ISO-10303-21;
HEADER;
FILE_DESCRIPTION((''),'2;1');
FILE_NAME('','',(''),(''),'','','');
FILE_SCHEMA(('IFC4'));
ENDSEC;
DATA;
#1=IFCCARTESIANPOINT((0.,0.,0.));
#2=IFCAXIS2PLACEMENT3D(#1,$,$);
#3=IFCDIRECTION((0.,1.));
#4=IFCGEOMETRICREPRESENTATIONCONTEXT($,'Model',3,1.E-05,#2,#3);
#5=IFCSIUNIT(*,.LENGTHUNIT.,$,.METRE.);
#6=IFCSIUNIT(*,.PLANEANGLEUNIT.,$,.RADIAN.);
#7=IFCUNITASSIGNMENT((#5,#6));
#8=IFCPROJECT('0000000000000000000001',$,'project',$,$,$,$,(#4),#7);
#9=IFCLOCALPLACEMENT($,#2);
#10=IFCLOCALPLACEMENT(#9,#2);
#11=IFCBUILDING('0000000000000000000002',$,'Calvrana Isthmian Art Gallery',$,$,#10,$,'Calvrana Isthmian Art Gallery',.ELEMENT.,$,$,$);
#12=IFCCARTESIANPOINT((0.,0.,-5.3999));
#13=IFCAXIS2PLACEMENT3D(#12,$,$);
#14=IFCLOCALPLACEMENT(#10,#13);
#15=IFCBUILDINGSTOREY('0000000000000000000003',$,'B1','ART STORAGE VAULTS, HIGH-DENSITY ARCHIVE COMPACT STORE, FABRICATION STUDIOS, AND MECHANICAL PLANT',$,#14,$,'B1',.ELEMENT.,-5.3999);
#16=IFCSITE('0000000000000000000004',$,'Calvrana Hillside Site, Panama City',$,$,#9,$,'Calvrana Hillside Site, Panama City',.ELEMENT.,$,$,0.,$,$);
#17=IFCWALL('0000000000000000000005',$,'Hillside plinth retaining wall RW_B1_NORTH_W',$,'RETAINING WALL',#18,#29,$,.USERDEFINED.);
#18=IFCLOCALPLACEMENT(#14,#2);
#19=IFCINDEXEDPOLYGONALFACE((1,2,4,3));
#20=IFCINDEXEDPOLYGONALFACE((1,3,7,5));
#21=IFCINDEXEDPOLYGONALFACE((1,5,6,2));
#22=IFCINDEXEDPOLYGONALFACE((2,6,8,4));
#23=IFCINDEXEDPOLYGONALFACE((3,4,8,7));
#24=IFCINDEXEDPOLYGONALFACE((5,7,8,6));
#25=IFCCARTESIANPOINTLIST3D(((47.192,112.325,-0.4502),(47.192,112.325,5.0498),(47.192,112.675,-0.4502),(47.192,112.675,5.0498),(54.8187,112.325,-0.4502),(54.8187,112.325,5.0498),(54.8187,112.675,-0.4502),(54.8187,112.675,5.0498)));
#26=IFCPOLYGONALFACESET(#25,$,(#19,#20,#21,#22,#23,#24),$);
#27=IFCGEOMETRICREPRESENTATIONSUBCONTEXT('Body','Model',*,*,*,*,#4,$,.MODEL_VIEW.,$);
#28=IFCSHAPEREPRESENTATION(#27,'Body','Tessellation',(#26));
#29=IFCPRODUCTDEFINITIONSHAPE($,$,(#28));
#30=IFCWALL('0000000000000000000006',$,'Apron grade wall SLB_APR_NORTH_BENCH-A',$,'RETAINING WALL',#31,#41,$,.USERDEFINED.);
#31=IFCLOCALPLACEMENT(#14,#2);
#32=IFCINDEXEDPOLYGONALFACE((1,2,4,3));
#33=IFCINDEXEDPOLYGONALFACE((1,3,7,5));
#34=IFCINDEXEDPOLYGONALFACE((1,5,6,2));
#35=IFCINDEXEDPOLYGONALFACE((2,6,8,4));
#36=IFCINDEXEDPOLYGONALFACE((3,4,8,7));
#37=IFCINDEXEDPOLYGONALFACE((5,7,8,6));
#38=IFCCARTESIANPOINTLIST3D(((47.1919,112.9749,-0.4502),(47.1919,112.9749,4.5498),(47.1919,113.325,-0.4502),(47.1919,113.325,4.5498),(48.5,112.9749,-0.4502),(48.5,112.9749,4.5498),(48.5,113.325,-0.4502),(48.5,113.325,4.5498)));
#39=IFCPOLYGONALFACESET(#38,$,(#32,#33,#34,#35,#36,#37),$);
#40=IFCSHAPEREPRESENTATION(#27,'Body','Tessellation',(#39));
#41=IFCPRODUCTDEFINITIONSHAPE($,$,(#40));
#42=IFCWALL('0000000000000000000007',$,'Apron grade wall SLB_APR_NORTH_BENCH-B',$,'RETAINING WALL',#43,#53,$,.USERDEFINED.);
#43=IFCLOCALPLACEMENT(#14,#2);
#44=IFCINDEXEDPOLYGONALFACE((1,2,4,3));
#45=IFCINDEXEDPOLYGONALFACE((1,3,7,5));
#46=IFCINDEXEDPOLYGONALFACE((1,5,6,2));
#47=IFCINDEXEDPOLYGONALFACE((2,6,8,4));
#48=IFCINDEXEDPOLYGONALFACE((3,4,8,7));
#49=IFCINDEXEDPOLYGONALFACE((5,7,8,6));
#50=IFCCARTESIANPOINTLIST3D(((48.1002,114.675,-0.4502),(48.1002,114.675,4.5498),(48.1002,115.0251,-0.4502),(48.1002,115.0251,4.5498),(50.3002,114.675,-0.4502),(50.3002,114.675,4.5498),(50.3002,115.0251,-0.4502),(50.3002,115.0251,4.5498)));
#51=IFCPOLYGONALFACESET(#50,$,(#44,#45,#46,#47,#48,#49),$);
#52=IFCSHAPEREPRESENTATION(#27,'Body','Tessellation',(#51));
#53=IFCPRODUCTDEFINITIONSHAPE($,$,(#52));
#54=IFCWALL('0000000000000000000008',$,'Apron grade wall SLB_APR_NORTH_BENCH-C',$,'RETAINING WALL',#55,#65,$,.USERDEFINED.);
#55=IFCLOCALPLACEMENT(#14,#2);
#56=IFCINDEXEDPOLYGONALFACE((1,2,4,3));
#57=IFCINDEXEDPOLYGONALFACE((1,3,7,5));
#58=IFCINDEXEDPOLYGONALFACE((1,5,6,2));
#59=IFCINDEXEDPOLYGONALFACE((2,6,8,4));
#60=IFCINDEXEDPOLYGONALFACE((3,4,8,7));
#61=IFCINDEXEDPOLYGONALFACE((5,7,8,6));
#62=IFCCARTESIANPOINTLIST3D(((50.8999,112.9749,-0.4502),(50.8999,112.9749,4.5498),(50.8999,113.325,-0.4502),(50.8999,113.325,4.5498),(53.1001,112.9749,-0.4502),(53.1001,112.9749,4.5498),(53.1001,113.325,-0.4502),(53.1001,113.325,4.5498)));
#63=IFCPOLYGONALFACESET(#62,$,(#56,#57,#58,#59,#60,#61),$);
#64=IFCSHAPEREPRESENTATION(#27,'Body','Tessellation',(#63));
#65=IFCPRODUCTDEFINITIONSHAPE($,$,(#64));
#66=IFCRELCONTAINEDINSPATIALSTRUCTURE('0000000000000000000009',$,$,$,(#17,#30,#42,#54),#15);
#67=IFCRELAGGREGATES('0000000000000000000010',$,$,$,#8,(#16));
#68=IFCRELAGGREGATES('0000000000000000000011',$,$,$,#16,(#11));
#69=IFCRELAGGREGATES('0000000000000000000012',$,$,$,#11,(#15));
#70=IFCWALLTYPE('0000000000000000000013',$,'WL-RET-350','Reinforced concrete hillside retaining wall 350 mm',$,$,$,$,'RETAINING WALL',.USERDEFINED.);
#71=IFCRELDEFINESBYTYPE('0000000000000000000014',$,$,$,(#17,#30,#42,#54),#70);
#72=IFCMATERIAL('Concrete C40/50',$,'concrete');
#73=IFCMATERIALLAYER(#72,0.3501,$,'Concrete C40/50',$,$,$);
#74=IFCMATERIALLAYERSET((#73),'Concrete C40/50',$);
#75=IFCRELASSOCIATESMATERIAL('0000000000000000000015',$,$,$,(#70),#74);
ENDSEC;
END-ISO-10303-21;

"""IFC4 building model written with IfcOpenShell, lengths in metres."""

from ifc_helpers import new_model, si_unit, direction, frame, frame_2d, origin, place, context, subcontext, project, spatial, rectangle, extrude, material, layer, layer_set, type_object, element, save


model = new_model("IFC4")

# Units and contexts
model_context = context("Model", 3, precision=1e-05, world=origin(), true_north=direction((0.0, 1.0)))
body_context = subcontext(model_context, "Body", "Model", "MODEL_VIEW")
ifc_project = project(units=[si_unit("LENGTHUNIT", "METRE"), si_unit("PLANEANGLEUNIT", "RADIAN")], contexts=[model_context])

# Site, building, storey
site_placement = place(None, origin())
site = spatial("IfcSite", under=ifc_project, at=site_placement, Name="Calvrana Hillside Site, Panama City", LongName="Calvrana Hillside Site, Panama City", CompositionType="ELEMENT", RefElevation=0.0)
building_placement = place(site_placement, origin())
building = spatial("IfcBuilding", under=site, at=building_placement, Name="Calvrana Isthmian Art Gallery", LongName="Calvrana Isthmian Art Gallery", CompositionType="ELEMENT")
storey_placement = place(building_placement, frame((0.0, 0.0, -5.3999)))
storey = spatial("IfcBuildingStorey", under=building, at=storey_placement, Name="B1", Description="ART STORAGE VAULTS, HIGH-DENSITY ARCHIVE COMPACT STORE, FABRICATION STUDIOS, AND MECHANICAL PLANT", LongName="B1", CompositionType="ELEMENT", Elevation=-5.3999)

# Walls
ifc_material_1 = material(Name="Concrete C40/50", Category="concrete")
ifc_layer_1 = layer(ifc_material_1, 0.3501, Name="Concrete C40/50")
ifc_layer_set_1 = layer_set([ifc_layer_1], Name="Concrete C40/50")
wall_type_1 = type_object("IfcWallType", Name="WL-RET-350", Description="Reinforced concrete hillside retaining wall 350 mm", ElementType="RETAINING WALL", PredefinedType="USERDEFINED", material=ifc_layer_set_1)
wall_1_placement = place(storey_placement, frame((47.1919, 112.5, -0.4502), z_axis=(0.0, 0.0, 1.0), x_axis=(1.0, 0.0, 0.0)))
element("IfcWall", 1, at=wall_1_placement, inside=storey, type_object=wall_type_1, Name="Hillside plinth retaining wall RW_B1_NORTH_W", ObjectType="RETAINING WALL", PredefinedType="USERDEFINED", context=body_context, shape_type="SweptSolid", body=[
    extrude(rectangle(XDim=7.6267, YDim=0.3501, at=frame_2d((3.8135, 0.0))), origin(), (0.0, 0.0, 1.0), 5.5),
])
wall_2_placement = place(storey_placement, frame((47.1919, 113.1499, -0.4502), z_axis=(0.0, 0.0, 1.0), x_axis=(1.0, 0.0, 0.0)))
element("IfcWall", 2, at=wall_2_placement, inside=storey, type_object=wall_type_1, Name="Apron grade wall SLB_APR_NORTH_BENCH-A", ObjectType="RETAINING WALL", PredefinedType="USERDEFINED", context=body_context, shape_type="SweptSolid", body=[
    extrude(rectangle(XDim=1.3081, YDim=0.3501, at=frame_2d((0.6541, 0.0))), origin(), (0.0, 0.0, 1.0), 5.0),
])
wall_3_placement = place(storey_placement, frame((48.1001, 114.8501, -0.4502), z_axis=(0.0, 0.0, 1.0), x_axis=(1.0, 0.0, 0.0)))
element("IfcWall", 3, at=wall_3_placement, inside=storey, type_object=wall_type_1, Name="Apron grade wall SLB_APR_NORTH_BENCH-B", ObjectType="RETAINING WALL", PredefinedType="USERDEFINED", context=body_context, shape_type="SweptSolid", body=[
    extrude(rectangle(XDim=2.2, YDim=0.3501, at=frame_2d((1.1001, 0.0))), origin(), (0.0, 0.0, 1.0), 5.0),
])
wall_4_placement = place(storey_placement, frame((50.8999, 113.1499, -0.4502), z_axis=(0.0, 0.0, 1.0), x_axis=(1.0, 0.0, 0.0)))
element("IfcWall", 4, at=wall_4_placement, inside=storey, type_object=wall_type_1, Name="Apron grade wall SLB_APR_NORTH_BENCH-C", ObjectType="RETAINING WALL", PredefinedType="USERDEFINED", context=body_context, shape_type="SweptSolid", body=[
    extrude(rectangle(XDim=2.2002, YDim=0.3501, at=frame_2d((1.1001, 0.0))), origin(), (0.0, 0.0, 1.0), 5.0),
])

save(model, "model.ifc")
